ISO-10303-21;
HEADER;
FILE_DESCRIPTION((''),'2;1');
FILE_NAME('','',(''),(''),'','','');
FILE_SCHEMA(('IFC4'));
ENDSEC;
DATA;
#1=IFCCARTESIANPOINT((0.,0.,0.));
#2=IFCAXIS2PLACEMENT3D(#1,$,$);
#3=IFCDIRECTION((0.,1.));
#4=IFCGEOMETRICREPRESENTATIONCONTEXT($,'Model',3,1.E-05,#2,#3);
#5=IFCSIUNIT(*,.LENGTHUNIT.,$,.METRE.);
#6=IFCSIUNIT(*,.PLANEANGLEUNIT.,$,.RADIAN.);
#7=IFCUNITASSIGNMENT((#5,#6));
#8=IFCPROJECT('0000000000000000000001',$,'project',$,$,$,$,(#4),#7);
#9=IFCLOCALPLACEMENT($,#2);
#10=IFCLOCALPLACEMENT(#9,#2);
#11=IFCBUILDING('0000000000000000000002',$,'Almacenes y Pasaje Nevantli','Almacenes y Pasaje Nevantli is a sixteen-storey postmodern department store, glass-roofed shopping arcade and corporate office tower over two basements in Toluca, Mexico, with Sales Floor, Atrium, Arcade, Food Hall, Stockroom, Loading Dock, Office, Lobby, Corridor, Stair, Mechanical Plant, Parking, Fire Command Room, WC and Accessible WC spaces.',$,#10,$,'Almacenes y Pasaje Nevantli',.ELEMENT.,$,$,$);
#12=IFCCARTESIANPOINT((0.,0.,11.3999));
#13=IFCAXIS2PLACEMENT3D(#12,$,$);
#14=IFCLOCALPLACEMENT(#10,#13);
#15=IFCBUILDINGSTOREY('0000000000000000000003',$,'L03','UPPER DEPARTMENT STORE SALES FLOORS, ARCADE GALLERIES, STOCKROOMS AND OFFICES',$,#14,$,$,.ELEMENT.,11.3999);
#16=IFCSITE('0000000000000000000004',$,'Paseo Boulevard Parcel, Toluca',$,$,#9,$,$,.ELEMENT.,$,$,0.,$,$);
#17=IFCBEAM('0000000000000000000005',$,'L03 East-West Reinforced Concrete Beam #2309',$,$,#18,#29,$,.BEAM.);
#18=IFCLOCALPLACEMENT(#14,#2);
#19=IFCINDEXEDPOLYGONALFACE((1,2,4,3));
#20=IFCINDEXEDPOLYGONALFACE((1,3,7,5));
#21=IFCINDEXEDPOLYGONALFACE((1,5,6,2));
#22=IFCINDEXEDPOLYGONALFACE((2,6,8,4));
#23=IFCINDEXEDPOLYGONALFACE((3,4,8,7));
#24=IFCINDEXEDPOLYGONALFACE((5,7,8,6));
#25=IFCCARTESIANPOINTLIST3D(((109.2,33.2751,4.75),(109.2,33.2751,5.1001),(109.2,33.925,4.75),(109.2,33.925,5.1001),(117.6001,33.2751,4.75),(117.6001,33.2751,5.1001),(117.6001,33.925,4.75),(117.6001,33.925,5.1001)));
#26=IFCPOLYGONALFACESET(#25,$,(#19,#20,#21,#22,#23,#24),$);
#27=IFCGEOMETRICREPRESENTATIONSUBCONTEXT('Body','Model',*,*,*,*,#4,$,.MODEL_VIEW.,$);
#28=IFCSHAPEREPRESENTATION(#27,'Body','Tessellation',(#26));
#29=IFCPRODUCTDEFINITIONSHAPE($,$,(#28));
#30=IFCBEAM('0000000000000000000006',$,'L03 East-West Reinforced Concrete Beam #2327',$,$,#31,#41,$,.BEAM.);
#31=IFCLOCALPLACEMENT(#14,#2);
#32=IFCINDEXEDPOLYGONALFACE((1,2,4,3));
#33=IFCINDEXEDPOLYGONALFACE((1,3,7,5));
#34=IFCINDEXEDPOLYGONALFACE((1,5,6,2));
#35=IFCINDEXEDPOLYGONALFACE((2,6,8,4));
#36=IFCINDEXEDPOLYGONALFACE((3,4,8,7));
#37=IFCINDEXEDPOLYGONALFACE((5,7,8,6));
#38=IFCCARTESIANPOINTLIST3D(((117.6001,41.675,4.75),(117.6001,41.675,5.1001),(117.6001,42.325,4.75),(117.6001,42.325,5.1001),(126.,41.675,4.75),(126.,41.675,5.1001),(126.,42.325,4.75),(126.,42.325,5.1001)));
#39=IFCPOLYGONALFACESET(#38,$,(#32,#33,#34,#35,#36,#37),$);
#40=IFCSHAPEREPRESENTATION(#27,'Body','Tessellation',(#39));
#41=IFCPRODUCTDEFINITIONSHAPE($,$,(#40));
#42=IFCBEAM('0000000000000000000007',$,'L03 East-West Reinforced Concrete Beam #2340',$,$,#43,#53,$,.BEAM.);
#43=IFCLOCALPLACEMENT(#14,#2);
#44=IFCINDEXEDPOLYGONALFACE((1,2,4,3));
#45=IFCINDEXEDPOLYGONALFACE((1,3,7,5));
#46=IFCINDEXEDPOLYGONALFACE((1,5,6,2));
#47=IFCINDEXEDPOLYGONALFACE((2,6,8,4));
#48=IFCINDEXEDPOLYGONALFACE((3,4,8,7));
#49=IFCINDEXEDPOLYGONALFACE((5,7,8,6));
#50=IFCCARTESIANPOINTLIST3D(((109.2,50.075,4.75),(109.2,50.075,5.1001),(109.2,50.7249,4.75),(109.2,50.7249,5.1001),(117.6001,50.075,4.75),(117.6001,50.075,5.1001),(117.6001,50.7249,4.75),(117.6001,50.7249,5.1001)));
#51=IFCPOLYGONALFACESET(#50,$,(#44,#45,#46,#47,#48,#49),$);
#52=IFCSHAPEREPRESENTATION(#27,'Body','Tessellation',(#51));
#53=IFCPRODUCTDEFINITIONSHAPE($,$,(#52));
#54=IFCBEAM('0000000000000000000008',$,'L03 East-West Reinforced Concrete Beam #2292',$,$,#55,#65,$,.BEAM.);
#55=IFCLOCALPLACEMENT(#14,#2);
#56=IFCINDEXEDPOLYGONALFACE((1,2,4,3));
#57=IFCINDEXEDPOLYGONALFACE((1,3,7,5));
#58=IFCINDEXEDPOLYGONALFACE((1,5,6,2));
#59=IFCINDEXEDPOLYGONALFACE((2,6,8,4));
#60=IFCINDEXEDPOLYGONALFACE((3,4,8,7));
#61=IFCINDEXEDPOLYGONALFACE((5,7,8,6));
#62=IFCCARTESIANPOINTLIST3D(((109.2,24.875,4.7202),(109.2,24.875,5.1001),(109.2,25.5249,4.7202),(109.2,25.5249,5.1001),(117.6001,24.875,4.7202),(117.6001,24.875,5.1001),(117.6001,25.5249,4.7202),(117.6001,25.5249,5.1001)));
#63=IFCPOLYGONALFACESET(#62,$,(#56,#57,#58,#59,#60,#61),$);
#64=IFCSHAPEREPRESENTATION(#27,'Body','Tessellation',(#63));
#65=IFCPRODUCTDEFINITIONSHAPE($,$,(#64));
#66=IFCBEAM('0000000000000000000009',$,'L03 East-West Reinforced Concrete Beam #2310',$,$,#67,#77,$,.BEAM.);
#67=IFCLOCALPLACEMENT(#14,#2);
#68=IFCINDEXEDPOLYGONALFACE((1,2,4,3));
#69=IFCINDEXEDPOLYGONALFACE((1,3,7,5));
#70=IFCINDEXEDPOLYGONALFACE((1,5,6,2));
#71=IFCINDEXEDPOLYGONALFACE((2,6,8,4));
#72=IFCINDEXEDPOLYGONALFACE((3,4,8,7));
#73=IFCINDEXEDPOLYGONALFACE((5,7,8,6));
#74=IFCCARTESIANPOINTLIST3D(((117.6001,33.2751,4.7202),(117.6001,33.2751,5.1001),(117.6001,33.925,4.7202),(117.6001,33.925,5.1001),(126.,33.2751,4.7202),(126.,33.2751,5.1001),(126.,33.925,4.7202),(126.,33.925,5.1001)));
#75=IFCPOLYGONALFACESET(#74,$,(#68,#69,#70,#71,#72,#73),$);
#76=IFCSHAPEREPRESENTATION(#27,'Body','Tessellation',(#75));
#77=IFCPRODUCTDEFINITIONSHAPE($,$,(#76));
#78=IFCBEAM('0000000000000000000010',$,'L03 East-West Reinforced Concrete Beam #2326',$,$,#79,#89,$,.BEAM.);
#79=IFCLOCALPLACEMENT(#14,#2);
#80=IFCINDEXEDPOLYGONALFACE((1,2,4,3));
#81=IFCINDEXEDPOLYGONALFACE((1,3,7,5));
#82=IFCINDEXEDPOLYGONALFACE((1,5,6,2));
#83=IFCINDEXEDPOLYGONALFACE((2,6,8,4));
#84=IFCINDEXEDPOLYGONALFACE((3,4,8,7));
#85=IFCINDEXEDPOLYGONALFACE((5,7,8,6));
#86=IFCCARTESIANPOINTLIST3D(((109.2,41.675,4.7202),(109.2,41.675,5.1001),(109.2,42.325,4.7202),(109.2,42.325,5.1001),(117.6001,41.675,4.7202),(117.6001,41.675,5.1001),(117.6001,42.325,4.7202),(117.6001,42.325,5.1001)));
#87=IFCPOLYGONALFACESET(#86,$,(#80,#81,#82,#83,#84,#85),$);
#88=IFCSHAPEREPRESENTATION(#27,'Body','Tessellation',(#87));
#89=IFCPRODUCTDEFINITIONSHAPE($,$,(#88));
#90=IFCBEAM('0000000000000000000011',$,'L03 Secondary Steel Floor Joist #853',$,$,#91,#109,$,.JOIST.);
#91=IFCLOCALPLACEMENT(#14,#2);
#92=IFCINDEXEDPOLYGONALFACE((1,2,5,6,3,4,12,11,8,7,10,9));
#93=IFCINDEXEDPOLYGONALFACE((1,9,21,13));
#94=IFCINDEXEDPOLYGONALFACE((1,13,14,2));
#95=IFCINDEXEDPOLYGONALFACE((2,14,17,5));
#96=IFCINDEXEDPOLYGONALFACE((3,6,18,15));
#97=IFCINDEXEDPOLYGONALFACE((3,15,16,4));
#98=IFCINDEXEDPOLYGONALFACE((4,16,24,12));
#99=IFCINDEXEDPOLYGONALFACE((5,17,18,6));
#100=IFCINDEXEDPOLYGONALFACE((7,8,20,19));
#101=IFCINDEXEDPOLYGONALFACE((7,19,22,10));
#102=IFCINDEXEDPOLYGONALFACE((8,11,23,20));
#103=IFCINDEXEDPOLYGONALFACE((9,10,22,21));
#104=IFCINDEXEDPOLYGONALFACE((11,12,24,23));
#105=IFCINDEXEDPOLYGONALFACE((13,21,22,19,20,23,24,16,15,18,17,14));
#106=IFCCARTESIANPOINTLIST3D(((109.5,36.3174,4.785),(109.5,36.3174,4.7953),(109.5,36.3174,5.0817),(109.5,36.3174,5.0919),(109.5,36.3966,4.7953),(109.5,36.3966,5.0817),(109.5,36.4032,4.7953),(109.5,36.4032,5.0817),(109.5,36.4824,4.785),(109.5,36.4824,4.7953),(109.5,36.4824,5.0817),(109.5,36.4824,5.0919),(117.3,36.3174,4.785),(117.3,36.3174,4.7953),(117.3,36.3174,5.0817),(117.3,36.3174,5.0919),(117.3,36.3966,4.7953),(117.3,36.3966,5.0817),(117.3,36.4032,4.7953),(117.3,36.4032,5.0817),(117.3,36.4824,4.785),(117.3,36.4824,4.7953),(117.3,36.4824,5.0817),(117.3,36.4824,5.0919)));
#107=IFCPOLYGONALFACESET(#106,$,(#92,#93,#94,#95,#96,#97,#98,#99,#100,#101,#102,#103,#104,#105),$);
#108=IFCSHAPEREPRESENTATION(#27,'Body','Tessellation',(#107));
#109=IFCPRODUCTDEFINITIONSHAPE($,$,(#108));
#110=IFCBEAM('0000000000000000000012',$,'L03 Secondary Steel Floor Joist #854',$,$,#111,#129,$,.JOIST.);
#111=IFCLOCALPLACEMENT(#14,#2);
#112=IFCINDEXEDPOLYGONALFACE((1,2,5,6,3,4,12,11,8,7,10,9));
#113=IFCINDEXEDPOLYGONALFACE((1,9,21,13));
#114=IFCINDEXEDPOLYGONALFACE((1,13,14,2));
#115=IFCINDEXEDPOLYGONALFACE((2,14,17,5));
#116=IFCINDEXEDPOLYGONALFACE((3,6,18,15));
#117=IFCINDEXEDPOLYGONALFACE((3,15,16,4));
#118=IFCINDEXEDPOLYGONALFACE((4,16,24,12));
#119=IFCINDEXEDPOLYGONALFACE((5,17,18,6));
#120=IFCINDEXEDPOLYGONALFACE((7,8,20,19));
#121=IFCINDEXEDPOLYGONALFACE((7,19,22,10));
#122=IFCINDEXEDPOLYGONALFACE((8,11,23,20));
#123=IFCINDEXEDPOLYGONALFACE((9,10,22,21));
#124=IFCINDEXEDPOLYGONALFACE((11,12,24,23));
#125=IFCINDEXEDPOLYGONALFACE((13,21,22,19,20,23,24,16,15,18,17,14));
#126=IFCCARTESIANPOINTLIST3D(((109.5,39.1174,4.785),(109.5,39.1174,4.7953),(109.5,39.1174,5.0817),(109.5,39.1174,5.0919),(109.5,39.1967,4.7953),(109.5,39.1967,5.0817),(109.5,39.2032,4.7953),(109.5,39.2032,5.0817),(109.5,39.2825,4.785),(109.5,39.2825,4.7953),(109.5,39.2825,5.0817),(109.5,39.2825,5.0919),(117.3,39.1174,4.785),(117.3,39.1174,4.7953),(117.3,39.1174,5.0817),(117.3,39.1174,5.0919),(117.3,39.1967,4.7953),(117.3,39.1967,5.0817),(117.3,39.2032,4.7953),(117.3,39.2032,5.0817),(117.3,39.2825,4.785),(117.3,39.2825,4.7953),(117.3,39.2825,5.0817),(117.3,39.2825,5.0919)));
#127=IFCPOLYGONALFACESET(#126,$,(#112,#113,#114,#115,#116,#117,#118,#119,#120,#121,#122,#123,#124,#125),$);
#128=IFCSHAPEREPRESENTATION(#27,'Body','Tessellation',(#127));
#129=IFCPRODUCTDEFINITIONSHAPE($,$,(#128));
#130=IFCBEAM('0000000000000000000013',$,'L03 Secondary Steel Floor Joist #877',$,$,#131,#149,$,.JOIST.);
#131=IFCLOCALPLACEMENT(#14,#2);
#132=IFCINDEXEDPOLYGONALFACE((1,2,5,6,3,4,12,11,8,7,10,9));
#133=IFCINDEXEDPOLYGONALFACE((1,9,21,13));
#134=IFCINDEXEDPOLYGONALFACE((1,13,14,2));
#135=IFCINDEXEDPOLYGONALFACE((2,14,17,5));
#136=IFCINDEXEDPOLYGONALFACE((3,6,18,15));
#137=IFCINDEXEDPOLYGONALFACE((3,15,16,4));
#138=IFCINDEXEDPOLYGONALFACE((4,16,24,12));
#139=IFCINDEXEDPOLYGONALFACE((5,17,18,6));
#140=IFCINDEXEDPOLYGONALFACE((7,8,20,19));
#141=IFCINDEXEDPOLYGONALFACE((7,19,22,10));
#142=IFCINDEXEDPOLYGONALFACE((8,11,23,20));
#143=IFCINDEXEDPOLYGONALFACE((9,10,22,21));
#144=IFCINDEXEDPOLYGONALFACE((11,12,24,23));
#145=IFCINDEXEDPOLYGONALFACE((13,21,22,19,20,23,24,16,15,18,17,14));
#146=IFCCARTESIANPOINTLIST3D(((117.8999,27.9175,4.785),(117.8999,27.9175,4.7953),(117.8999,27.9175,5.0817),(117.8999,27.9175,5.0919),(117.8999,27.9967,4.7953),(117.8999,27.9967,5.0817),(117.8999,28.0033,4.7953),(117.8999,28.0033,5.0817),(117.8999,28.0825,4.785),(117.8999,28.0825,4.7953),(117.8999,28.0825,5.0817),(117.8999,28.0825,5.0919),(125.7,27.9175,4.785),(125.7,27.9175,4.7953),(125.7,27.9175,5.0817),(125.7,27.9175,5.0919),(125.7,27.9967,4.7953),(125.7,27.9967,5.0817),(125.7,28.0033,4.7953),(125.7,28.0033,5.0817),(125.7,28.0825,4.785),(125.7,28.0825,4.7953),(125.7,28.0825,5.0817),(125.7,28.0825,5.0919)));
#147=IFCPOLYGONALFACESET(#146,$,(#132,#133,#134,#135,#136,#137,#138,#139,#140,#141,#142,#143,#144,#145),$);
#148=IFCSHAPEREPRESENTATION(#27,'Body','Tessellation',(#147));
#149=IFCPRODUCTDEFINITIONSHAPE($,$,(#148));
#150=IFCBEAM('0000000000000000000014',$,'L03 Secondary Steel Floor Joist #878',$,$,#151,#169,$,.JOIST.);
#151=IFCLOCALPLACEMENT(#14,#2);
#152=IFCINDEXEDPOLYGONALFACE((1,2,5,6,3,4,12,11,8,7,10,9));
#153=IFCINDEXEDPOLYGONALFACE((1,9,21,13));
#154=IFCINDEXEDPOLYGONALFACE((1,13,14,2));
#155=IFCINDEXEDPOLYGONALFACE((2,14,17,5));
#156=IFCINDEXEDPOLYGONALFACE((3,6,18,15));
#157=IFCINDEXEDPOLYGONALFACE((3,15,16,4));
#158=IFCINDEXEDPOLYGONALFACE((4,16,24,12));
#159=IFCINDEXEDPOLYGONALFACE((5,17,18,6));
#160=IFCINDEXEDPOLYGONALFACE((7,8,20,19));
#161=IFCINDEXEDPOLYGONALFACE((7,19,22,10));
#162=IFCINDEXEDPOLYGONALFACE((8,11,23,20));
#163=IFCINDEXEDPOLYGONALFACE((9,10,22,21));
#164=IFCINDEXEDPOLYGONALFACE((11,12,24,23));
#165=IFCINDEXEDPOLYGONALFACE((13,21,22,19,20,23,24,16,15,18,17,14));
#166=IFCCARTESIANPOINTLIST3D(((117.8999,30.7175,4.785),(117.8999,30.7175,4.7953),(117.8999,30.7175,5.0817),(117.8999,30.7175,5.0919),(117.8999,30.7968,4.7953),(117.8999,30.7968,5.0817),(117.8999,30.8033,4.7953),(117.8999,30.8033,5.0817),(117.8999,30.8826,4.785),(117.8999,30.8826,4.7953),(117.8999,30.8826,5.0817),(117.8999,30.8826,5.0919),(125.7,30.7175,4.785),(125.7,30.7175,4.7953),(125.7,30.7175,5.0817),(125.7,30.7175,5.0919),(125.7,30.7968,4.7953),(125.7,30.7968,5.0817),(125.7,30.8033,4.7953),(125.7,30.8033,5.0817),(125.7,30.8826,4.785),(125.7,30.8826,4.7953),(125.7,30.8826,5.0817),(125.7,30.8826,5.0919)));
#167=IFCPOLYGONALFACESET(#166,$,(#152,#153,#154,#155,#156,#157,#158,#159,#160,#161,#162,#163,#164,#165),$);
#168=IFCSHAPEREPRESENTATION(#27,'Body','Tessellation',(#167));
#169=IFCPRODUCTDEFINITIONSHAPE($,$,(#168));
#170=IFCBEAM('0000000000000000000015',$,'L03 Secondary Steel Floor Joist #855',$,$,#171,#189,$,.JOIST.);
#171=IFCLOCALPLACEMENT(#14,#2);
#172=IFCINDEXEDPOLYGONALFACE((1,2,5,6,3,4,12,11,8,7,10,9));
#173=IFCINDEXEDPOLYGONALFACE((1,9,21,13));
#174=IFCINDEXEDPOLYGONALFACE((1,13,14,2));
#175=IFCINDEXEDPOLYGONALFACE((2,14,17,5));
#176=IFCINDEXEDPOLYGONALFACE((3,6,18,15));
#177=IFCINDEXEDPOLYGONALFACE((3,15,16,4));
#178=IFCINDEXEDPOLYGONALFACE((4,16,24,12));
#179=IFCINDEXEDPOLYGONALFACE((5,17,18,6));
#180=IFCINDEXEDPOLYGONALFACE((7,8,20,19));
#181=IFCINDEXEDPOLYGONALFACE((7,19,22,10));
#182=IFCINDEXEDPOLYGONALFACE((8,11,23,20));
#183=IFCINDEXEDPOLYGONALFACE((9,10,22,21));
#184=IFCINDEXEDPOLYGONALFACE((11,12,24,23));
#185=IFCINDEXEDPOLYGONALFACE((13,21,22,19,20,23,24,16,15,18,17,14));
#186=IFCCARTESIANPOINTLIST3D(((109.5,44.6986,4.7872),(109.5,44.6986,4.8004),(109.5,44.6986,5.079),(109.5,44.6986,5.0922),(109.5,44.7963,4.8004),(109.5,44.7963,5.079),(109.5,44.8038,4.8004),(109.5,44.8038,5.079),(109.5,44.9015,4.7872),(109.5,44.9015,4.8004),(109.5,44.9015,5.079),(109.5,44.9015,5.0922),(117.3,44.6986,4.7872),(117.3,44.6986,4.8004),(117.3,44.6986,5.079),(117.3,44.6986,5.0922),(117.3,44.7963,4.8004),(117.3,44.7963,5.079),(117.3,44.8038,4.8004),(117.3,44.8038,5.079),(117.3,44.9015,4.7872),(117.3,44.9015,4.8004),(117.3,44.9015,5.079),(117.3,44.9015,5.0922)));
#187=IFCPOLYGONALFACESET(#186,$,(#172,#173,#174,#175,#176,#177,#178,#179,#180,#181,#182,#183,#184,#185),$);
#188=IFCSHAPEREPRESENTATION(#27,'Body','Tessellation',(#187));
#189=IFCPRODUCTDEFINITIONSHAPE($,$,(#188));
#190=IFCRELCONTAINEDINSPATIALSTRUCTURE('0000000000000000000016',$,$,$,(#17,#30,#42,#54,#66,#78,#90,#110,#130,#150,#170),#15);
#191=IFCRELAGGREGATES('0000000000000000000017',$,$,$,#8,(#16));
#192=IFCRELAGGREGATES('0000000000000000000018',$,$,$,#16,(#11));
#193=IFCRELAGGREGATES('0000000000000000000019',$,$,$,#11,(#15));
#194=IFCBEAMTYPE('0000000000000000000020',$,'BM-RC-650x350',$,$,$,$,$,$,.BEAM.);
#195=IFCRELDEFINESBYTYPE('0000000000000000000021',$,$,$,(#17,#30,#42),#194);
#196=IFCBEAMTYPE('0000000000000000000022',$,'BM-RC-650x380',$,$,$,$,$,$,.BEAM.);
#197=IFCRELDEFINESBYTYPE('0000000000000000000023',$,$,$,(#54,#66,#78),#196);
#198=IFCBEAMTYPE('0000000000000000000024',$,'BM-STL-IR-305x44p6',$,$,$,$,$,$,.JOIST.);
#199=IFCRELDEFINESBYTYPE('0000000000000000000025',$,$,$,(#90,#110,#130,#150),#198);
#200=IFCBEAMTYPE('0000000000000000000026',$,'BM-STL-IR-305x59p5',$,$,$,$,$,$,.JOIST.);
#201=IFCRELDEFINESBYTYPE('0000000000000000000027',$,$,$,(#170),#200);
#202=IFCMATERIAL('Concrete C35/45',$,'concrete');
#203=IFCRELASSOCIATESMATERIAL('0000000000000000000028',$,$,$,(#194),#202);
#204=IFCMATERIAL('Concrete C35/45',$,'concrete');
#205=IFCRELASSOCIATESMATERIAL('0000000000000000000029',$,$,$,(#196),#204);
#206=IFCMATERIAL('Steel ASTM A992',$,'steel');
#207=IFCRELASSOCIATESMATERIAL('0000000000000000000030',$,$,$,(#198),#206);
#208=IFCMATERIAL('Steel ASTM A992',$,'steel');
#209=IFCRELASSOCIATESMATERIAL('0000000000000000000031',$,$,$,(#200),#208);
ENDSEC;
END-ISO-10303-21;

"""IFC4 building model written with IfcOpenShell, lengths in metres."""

from ifc_helpers import new_model, si_unit, direction, frame, origin, origin_2d, place, context, subcontext, project, spatial, rectangle, i_section, extrude, material, material_profile, profile_set, type_object, element, save


model = new_model("IFC4")

# Units and contexts
model_context = context("Model", 3, precision=1e-05, world=origin(), true_north=direction((0.0, 1.0)))
body_context = subcontext(model_context, "Body", "Model", "MODEL_VIEW")
ifc_project = project(units=[si_unit("LENGTHUNIT", "METRE"), si_unit("PLANEANGLEUNIT", "RADIAN")], contexts=[model_context])

# Site, building, storey
site_placement = place(None, origin())
site = spatial("IfcSite", under=ifc_project, at=site_placement, Name="Paseo Boulevard Parcel, Toluca", CompositionType="ELEMENT", RefElevation=0.0)
building_placement = place(site_placement, origin())
building = spatial("IfcBuilding", under=site, at=building_placement, Name="Almacenes y Pasaje Nevantli", Description="Almacenes y Pasaje Nevantli is a sixteen-storey postmodern department store, glass-roofed shopping arcade and corporate office tower over two basements in Toluca, Mexico, with Sales Floor, Atrium, Arcade, Food Hall, Stockroom, Loading Dock, Office, Lobby, Corridor, Stair, Mechanical Plant, Parking, Fire Command Room, WC and Accessible WC spaces.", LongName="Almacenes y Pasaje Nevantli", CompositionType="ELEMENT")
storey_placement = place(building_placement, frame((0.0, 0.0, 11.3999)))
storey = spatial("IfcBuildingStorey", under=building, at=storey_placement, Name="L03", Description="UPPER DEPARTMENT STORE SALES FLOORS, ARCADE GALLERIES, STOCKROOMS AND OFFICES", CompositionType="ELEMENT", Elevation=11.3999)

# Beams
ifc_material_1 = material(Name="Concrete C35/45", Category="concrete")
ifc_material_profile_1 = material_profile(ifc_material_1, rectangle(XDim=0.6499, YDim=0.3501, at=origin_2d()), Name="RC-BM-650x350")
ifc_profile_set_1 = profile_set([ifc_material_profile_1], Name="Concrete C35/45")
beam_type_1 = type_object("IfcBeamType", Name="BM-RC-650x350", PredefinedType="BEAM", material=ifc_profile_set_1)
beam_1_placement = place(storey_placement, frame((109.2, 33.6001, 4.925), z_axis=(1.0, 0.0, 0.0), x_axis=(0.0, 1.0, 0.0)))
element("IfcBeam", 1, at=beam_1_placement, inside=storey, type_object=beam_type_1, Name="L03 East-West Reinforced Concrete Beam #2309", PredefinedType="BEAM", context=body_context, shape_type="SweptSolid", body=[
    extrude(rectangle(XDim=0.6499, YDim=0.3501, at=origin_2d()), origin(), (0.0, 0.0, 1.0), 8.4001),
])
beam_2_placement = place(storey_placement, frame((117.6001, 42.0, 4.925), z_axis=(1.0, 0.0, 0.0), x_axis=(0.0, 1.0, 0.0)))
element("IfcBeam", 2, at=beam_2_placement, inside=storey, type_object=beam_type_1, Name="L03 East-West Reinforced Concrete Beam #2327", PredefinedType="BEAM", context=body_context, shape_type="SweptSolid", body=[
    extrude(rectangle(XDim=0.6499, YDim=0.3501, at=origin_2d()), origin(), (0.0, 0.0, 1.0), 8.3999),
])
beam_3_placement = place(storey_placement, frame((109.2, 50.3999, 4.925), z_axis=(1.0, 0.0, 0.0), x_axis=(0.0, 1.0, 0.0)))
element("IfcBeam", 3, at=beam_3_placement, inside=storey, type_object=beam_type_1, Name="L03 East-West Reinforced Concrete Beam #2340", PredefinedType="BEAM", context=body_context, shape_type="SweptSolid", body=[
    extrude(rectangle(XDim=0.6499, YDim=0.3501, at=origin_2d()), origin(), (0.0, 0.0, 1.0), 8.4001),
])
ifc_material_2 = material(Name="Concrete C35/45", Category="concrete")
ifc_material_profile_2 = material_profile(ifc_material_2, rectangle(XDim=0.6499, YDim=0.3799, at=origin_2d()), Name="RC-BM-650x380")
ifc_profile_set_2 = profile_set([ifc_material_profile_2], Name="Concrete C35/45")
beam_type_2 = type_object("IfcBeamType", Name="BM-RC-650x380", PredefinedType="BEAM", material=ifc_profile_set_2)
beam_4_placement = place(storey_placement, frame((109.2, 25.2, 4.9102), z_axis=(1.0, 0.0, 0.0), x_axis=(0.0, 1.0, 0.0)))
element("IfcBeam", 4, at=beam_4_placement, inside=storey, type_object=beam_type_2, Name="L03 East-West Reinforced Concrete Beam #2292", PredefinedType="BEAM", context=body_context, shape_type="SweptSolid", body=[
    extrude(rectangle(XDim=0.6499, YDim=0.3799, at=origin_2d()), origin(), (0.0, 0.0, 1.0), 8.4001),
])
beam_5_placement = place(storey_placement, frame((117.6001, 33.6001, 4.9102), z_axis=(1.0, 0.0, 0.0), x_axis=(0.0, 1.0, 0.0)))
element("IfcBeam", 5, at=beam_5_placement, inside=storey, type_object=beam_type_2, Name="L03 East-West Reinforced Concrete Beam #2310", PredefinedType="BEAM", context=body_context, shape_type="SweptSolid", body=[
    extrude(rectangle(XDim=0.6499, YDim=0.3799, at=origin_2d()), origin(), (0.0, 0.0, 1.0), 8.3999),
])
beam_6_placement = place(storey_placement, frame((109.2, 42.0, 4.9102), z_axis=(1.0, 0.0, 0.0), x_axis=(0.0, 1.0, 0.0)))
element("IfcBeam", 6, at=beam_6_placement, inside=storey, type_object=beam_type_2, Name="L03 East-West Reinforced Concrete Beam #2326", PredefinedType="BEAM", context=body_context, shape_type="SweptSolid", body=[
    extrude(rectangle(XDim=0.6499, YDim=0.3799, at=origin_2d()), origin(), (0.0, 0.0, 1.0), 8.4001),
])
ifc_material_3 = material(Name="Steel ASTM A992", Category="steel")
ifc_material_profile_3 = material_profile(ifc_material_3, i_section(OverallWidth=0.165, OverallDepth=0.3069, WebThickness=0.0066, FlangeThickness=0.0103, at=origin_2d()), Name="IR 305x44.6")
ifc_profile_set_3 = profile_set([ifc_material_profile_3], Name="Steel ASTM A992")
beam_type_3 = type_object("IfcBeamType", Name="BM-STL-IR-305x44p6", PredefinedType="JOIST", material=ifc_profile_set_3)
for number, where, z_axis, x_axis, name in (
    (7, (109.5, 36.3999, 4.9385), (1.0, 0.0, 0.0), (0.0, 1.0, 0.0), "L03 Secondary Steel Floor Joist #853"),
    (8, (109.5, 39.2, 4.9385), (1.0, 0.0, 0.0), (0.0, 1.0, 0.0), "L03 Secondary Steel Floor Joist #854"),
    (9, (117.8999, 28.0, 4.9385), (1.0, 0.0, 0.0), (0.0, 1.0, 0.0), "L03 Secondary Steel Floor Joist #877"),
    (10, (117.8999, 30.8, 4.9385), (1.0, 0.0, 0.0), (0.0, 1.0, 0.0), "L03 Secondary Steel Floor Joist #878"),
):
    element("IfcBeam", number, at=place(storey_placement, frame(where, z_axis=z_axis, x_axis=x_axis)), inside=storey, type_object=beam_type_3, Name=name, PredefinedType="JOIST", context=body_context, shape_type="SweptSolid", body=[
        extrude(i_section(OverallWidth=0.165, OverallDepth=0.3069, WebThickness=0.0066, FlangeThickness=0.0103, at=origin_2d()), origin(), (0.0, 0.0, 1.0), 7.8),
    ])
ifc_material_4 = material(Name="Steel ASTM A992", Category="steel")
ifc_material_profile_4 = material_profile(ifc_material_4, i_section(OverallWidth=0.2029, OverallDepth=0.3049, WebThickness=0.0076, FlangeThickness=0.0132, at=origin_2d()), Name="IR 305x59.5")
ifc_profile_set_4 = profile_set([ifc_material_profile_4], Name="Steel ASTM A992")
beam_type_4 = type_object("IfcBeamType", Name="BM-STL-IR-305x59p5", PredefinedType="JOIST", material=ifc_profile_set_4)
for number, where, z_axis, x_axis, name in (
    (11, (109.5, 44.8, 4.9397), (1.0, 0.0, 0.0), (0.0, 1.0, 0.0), "L03 Secondary Steel Floor Joist #855"),
):
    element("IfcBeam", number, at=place(storey_placement, frame(where, z_axis=z_axis, x_axis=x_axis)), inside=storey, type_object=beam_type_4, Name=name, PredefinedType="JOIST", context=body_context, shape_type="SweptSolid", body=[
        extrude(i_section(OverallWidth=0.2029, OverallDepth=0.3049, WebThickness=0.0076, FlangeThickness=0.0132, at=origin_2d()), origin(), (0.0, 0.0, 1.0), 7.8),
    ])

save(model, "model.ifc")
